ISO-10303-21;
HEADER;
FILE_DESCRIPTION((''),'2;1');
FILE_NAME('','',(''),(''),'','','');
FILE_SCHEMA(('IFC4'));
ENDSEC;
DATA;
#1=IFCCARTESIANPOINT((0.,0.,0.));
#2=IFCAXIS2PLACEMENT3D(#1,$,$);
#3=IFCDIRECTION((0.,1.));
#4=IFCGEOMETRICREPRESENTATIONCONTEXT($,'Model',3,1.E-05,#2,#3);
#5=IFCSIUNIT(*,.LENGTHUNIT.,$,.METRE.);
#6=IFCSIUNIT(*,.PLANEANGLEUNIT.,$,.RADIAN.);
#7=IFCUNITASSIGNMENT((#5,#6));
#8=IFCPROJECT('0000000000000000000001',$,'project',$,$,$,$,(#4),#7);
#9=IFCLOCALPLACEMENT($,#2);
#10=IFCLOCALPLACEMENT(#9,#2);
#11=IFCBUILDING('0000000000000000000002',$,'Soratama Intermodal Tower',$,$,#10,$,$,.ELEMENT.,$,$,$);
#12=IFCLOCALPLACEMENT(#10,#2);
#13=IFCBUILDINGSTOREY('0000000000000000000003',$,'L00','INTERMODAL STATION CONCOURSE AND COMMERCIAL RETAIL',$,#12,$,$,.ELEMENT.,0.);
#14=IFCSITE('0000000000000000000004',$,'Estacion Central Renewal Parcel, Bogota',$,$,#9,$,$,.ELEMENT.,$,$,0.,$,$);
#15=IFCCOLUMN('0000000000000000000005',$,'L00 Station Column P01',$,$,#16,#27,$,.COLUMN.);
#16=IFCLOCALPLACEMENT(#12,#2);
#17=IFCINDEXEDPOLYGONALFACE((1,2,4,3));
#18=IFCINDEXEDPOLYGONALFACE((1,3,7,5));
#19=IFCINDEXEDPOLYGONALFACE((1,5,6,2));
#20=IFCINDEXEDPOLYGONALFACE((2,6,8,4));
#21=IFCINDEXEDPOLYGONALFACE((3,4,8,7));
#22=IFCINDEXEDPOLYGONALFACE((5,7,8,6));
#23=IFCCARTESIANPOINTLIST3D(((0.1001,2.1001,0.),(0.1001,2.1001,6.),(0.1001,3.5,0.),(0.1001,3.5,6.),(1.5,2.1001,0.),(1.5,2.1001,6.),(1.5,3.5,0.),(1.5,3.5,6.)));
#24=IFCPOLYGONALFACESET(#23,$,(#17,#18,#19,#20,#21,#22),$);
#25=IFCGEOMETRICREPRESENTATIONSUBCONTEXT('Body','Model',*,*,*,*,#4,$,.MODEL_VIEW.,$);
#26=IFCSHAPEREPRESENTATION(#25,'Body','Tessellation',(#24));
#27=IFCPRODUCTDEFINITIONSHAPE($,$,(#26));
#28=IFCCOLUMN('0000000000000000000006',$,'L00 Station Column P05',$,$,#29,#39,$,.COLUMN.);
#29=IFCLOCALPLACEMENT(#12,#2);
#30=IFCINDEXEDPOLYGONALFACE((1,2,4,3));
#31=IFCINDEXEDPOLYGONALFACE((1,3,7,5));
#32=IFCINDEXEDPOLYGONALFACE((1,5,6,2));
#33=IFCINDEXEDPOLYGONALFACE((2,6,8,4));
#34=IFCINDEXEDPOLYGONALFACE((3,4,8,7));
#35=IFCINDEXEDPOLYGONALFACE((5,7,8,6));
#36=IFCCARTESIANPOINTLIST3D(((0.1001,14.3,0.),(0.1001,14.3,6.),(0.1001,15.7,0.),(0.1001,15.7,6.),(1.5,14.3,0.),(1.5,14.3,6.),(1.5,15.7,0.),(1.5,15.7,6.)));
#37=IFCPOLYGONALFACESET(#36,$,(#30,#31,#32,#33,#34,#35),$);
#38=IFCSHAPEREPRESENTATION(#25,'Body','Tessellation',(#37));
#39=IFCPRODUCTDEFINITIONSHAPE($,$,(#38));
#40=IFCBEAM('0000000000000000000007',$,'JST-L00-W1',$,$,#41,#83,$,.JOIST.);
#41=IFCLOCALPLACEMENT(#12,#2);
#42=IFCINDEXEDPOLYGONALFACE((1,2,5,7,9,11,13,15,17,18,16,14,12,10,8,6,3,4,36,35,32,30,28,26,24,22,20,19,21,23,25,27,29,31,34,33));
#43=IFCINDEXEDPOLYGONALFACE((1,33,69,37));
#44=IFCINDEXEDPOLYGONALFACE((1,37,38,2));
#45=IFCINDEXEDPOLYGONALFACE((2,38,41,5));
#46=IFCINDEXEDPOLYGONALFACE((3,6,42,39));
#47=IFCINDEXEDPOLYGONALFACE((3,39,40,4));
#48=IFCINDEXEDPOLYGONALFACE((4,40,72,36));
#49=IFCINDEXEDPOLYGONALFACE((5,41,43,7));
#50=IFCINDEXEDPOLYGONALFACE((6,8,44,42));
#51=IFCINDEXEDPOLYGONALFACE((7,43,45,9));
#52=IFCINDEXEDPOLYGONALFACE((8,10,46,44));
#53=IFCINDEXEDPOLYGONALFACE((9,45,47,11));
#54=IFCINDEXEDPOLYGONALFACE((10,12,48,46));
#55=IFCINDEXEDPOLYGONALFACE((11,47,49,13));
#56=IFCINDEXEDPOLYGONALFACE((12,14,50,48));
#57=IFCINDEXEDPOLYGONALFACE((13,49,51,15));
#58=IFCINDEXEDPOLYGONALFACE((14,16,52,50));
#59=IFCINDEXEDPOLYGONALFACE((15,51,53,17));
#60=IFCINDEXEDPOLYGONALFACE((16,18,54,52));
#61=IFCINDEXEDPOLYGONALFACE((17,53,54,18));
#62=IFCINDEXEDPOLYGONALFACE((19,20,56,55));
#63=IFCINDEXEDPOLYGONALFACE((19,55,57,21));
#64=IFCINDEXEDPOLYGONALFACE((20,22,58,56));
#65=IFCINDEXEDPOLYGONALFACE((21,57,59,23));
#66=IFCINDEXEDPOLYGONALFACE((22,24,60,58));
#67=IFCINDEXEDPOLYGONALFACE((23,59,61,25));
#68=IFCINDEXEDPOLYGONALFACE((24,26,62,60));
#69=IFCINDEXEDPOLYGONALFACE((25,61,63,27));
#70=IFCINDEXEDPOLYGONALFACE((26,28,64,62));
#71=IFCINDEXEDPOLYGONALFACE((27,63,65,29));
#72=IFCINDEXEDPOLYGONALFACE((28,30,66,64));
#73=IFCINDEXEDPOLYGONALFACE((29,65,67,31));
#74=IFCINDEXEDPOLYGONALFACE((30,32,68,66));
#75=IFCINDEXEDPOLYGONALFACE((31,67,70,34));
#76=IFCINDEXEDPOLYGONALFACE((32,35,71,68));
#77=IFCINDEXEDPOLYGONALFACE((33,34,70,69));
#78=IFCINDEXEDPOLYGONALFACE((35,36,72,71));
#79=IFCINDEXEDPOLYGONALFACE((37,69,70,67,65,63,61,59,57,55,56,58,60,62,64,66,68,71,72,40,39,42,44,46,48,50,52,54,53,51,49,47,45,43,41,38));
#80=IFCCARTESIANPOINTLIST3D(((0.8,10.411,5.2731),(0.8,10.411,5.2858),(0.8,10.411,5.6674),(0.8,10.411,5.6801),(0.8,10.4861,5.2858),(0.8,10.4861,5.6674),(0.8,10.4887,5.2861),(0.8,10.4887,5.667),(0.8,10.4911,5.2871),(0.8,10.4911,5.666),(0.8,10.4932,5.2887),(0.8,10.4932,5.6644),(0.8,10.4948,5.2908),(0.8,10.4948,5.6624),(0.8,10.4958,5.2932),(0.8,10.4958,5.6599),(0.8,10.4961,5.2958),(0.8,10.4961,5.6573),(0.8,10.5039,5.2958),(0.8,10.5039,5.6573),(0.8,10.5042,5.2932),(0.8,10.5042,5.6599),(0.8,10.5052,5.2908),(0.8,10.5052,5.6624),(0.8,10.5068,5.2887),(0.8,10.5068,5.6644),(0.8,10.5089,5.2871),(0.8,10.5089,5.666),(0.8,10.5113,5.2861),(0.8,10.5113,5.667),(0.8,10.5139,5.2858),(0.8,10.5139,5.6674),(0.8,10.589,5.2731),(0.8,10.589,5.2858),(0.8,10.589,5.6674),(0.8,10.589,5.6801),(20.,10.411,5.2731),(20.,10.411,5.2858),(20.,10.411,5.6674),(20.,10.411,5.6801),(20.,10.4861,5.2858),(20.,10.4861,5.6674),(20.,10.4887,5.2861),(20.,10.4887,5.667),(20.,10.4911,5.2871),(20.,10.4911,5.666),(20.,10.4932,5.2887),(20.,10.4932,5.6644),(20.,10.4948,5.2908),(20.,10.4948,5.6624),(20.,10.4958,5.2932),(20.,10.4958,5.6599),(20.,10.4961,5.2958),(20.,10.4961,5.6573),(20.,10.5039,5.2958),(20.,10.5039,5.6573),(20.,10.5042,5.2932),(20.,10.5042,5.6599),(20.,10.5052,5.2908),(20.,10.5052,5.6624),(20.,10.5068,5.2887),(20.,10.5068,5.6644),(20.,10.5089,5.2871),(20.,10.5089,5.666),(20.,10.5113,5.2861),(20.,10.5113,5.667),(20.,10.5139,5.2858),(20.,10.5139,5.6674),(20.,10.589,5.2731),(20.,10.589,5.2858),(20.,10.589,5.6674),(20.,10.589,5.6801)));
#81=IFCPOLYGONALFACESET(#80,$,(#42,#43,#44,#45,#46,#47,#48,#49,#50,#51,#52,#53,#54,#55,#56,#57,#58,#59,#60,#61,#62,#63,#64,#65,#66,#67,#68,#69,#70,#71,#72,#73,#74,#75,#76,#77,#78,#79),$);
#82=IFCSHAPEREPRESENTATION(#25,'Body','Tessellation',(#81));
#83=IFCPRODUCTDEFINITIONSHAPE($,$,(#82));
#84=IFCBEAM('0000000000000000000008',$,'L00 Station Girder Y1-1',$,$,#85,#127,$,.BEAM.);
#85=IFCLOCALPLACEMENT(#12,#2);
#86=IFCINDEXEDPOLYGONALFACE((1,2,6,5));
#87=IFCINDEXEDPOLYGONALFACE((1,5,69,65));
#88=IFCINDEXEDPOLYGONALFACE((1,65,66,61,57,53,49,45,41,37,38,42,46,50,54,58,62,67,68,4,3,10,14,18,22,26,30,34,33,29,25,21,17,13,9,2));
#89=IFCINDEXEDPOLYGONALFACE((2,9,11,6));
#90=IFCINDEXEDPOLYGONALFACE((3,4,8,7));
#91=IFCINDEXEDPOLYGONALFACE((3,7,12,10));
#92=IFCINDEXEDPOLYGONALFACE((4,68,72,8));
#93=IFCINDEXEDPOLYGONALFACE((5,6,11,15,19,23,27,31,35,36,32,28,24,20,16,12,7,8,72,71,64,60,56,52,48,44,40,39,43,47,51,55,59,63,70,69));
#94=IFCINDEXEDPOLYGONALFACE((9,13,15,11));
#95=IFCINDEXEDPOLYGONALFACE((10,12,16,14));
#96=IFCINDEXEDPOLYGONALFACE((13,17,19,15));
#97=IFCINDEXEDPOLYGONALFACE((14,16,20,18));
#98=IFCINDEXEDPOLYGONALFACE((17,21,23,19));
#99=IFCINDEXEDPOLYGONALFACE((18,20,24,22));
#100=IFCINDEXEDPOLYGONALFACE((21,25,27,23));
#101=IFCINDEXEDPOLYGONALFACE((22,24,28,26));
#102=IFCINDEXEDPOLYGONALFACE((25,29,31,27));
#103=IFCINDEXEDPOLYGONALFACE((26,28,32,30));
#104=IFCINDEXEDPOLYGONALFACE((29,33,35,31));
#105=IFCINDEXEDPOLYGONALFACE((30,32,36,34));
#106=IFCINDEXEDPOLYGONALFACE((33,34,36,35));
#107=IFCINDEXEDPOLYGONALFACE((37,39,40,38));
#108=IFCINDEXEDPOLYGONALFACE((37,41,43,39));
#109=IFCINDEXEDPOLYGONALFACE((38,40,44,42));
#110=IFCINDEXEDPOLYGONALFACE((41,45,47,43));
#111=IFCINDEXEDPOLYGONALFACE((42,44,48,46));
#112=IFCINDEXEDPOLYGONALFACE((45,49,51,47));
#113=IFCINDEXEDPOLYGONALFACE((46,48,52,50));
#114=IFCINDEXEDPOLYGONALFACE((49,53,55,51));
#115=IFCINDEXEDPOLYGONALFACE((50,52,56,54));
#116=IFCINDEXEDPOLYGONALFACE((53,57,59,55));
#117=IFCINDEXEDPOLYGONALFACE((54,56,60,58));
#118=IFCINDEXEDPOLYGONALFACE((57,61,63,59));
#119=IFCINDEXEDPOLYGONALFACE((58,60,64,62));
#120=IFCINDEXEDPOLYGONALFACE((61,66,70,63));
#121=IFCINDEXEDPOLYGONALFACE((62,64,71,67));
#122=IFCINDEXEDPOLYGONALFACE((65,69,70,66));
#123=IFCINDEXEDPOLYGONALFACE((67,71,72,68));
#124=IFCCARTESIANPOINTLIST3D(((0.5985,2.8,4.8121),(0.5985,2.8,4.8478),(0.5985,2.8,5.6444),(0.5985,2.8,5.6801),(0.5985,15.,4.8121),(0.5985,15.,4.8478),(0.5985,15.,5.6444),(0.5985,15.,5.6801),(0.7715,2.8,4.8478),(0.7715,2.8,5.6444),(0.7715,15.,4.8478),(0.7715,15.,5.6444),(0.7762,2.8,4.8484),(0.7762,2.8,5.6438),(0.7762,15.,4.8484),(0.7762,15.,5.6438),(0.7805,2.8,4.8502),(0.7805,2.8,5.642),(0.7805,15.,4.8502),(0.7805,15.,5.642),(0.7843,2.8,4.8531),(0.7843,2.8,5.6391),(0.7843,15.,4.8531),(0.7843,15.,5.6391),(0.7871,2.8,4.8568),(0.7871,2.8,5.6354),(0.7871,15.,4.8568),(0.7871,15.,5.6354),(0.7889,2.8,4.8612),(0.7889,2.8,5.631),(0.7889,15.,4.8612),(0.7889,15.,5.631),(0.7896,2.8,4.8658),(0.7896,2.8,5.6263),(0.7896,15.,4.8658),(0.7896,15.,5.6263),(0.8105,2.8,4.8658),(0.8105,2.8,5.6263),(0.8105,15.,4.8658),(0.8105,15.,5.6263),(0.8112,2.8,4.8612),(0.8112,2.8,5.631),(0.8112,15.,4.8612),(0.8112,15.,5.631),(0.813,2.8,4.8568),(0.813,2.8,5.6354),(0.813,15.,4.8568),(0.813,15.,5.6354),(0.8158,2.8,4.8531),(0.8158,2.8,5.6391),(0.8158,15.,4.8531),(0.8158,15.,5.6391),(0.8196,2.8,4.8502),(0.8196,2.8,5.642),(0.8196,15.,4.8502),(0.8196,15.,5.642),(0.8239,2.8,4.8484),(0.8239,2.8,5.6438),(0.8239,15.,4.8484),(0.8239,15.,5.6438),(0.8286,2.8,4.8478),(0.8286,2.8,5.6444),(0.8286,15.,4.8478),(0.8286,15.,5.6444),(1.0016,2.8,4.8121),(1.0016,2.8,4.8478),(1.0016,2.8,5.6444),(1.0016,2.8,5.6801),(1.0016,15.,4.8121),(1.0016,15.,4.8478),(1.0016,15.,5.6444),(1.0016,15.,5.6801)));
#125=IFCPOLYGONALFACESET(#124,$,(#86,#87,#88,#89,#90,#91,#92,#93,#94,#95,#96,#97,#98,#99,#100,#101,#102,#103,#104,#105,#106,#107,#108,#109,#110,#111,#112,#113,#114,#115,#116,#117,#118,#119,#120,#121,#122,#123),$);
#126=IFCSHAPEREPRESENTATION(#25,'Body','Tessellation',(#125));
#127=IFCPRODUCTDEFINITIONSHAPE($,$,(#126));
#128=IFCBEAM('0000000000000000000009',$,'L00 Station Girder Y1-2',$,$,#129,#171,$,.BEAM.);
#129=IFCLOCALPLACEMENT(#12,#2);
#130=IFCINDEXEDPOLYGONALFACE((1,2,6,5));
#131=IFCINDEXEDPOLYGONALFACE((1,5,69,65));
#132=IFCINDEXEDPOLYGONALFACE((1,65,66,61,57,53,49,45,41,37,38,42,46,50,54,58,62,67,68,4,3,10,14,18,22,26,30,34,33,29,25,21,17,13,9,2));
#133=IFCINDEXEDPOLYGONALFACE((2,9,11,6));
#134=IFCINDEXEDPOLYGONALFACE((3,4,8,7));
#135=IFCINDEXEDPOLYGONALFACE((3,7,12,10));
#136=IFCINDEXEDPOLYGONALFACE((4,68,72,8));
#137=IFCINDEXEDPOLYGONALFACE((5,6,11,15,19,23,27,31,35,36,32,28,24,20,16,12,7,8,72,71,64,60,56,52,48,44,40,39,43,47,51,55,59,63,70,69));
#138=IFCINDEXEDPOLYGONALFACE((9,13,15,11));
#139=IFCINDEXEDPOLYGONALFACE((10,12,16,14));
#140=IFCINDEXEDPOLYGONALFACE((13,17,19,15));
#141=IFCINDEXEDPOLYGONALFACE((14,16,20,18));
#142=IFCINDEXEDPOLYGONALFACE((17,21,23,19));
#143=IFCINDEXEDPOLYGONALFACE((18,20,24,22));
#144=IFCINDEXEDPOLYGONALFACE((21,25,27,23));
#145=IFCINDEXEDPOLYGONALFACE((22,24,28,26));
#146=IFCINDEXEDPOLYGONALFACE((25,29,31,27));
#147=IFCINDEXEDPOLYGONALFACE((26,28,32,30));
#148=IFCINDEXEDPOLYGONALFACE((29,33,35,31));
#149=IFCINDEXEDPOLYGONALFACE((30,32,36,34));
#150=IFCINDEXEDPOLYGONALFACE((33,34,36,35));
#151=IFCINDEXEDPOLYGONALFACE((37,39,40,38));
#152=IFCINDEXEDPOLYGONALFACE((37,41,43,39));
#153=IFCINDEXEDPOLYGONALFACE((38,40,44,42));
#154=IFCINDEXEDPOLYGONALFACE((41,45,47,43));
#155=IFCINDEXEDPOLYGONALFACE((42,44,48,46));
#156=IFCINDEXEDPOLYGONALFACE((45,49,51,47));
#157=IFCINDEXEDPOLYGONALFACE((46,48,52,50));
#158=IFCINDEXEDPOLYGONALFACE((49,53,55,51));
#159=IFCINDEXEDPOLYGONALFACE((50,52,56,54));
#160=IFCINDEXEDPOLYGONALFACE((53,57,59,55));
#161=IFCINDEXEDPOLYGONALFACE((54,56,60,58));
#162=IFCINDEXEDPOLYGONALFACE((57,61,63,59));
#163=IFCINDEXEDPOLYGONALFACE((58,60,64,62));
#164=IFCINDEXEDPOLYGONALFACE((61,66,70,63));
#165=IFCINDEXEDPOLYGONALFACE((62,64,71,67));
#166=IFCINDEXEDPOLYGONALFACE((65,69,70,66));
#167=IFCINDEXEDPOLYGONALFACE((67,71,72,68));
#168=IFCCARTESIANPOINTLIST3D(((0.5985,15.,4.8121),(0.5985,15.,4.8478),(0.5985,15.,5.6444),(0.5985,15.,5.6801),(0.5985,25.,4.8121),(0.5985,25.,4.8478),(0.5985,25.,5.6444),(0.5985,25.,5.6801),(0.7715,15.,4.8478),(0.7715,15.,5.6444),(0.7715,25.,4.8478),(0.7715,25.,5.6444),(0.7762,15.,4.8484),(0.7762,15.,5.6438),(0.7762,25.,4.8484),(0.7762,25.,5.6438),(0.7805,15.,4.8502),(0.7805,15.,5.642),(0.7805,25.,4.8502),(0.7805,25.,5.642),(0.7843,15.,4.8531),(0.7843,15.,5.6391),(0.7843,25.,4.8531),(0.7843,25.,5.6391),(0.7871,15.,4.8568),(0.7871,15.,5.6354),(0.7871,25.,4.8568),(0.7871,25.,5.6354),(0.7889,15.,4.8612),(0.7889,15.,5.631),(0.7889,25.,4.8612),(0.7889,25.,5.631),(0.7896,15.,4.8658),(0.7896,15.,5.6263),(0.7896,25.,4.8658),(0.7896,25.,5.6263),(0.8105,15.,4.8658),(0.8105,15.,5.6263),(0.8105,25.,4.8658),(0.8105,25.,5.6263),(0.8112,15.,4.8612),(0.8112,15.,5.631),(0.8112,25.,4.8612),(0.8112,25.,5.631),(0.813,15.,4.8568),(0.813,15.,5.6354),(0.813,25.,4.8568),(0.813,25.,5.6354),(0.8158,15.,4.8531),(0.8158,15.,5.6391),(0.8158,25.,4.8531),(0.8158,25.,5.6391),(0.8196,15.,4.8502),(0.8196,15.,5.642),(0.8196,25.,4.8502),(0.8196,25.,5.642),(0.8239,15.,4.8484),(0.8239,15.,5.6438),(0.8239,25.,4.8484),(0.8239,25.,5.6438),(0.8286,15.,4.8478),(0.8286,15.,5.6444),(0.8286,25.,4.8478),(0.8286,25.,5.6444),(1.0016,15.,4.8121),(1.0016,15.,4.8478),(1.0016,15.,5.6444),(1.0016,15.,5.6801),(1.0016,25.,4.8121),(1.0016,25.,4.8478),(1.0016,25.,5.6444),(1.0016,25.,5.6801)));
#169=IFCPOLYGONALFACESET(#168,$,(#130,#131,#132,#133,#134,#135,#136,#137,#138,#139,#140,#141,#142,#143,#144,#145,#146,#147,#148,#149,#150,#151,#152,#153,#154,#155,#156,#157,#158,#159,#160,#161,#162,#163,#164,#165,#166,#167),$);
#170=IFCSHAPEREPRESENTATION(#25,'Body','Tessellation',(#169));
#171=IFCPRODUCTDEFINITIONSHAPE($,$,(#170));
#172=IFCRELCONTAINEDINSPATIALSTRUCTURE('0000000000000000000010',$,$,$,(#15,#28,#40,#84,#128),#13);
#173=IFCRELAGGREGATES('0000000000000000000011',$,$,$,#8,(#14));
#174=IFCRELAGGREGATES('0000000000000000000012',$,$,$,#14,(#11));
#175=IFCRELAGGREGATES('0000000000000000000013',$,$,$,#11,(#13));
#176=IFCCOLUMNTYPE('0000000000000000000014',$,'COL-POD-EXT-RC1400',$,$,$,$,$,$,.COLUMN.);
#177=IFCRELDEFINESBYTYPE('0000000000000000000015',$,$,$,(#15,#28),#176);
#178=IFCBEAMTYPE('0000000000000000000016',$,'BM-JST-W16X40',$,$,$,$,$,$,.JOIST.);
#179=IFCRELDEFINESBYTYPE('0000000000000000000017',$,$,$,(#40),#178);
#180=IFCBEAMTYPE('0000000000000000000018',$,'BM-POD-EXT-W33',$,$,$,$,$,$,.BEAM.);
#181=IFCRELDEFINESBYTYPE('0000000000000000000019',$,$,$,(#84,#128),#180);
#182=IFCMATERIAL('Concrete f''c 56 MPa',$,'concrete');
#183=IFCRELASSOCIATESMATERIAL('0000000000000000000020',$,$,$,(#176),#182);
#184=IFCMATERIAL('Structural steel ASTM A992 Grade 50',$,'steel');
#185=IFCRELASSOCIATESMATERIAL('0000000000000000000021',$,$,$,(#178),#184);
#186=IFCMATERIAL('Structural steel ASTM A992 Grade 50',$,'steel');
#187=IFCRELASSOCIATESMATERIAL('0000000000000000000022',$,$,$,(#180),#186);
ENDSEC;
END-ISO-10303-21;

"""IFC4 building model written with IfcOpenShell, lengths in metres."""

from ifc_helpers import new_model, si_unit, direction, frame, origin, origin_2d, place, context, subcontext, project, spatial, rectangle, i_section, extrude, material, material_profile, profile_set, type_object, element, save


model = new_model("IFC4")

# Units and contexts
model_context = context("Model", 3, precision=1e-05, world=origin(), true_north=direction((0.0, 1.0)))
body_context = subcontext(model_context, "Body", "Model", "MODEL_VIEW")
ifc_project = project(units=[si_unit("LENGTHUNIT", "METRE"), si_unit("PLANEANGLEUNIT", "RADIAN")], contexts=[model_context])

# Site, building, storey
site_placement = place(None, origin())
site = spatial("IfcSite", under=ifc_project, at=site_placement, Name="Estacion Central Renewal Parcel, Bogota", CompositionType="ELEMENT", RefElevation=0.0)
building_placement = place(site_placement, origin())
building = spatial("IfcBuilding", under=site, at=building_placement, Name="Soratama Intermodal Tower", CompositionType="ELEMENT")
storey_placement = place(building_placement, origin())
storey = spatial("IfcBuildingStorey", under=building, at=storey_placement, Name="L00", Description="INTERMODAL STATION CONCOURSE AND COMMERCIAL RETAIL", CompositionType="ELEMENT", Elevation=0.0)

# Columns
ifc_material_1 = material(Name="Concrete f'c 56 MPa", Category="concrete")
ifc_material_profile_1 = material_profile(ifc_material_1, rectangle(XDim=1.3999, YDim=1.3999, at=origin_2d()), Name="RC1400X1400")
ifc_profile_set_1 = profile_set([ifc_material_profile_1], Name="Concrete f'c 56 MPa")
column_type = type_object("IfcColumnType", Name="COL-POD-EXT-RC1400", PredefinedType="COLUMN", material=ifc_profile_set_1)
for number, where, z_axis, x_axis, name in (
    (1, (0.8, 2.8, 0.0), (0.0, 0.0, 1.0), (1.0, 0.0, 0.0), "L00 Station Column P01"),
    (2, (0.8, 15.0, 0.0), (0.0, 0.0, 1.0), (1.0, 0.0, 0.0), "L00 Station Column P05"),
):
    element("IfcColumn", number, at=place(storey_placement, frame(where, z_axis=z_axis, x_axis=x_axis)), inside=storey, type_object=column_type, Name=name, PredefinedType="COLUMN", context=body_context, shape_type="SweptSolid", body=[
        extrude(rectangle(XDim=1.3999, YDim=1.3999, at=origin_2d()), origin(), (0.0, 0.0, 1.0), 6.0),
    ])

# Beams
ifc_material_2 = material(Name="Structural steel ASTM A992 Grade 50", Category="steel")
ifc_material_profile_2 = material_profile(ifc_material_2, i_section(OverallWidth=0.178, OverallDepth=0.407, WebThickness=0.0078, FlangeThickness=0.0127, FilletRadius=0.01, at=origin_2d()), Name="W16X40")
ifc_profile_set_2 = profile_set([ifc_material_profile_2], Name="Structural steel ASTM A992 Grade 50")
beam_type_1 = type_object("IfcBeamType", Name="BM-JST-W16X40", PredefinedType="JOIST", material=ifc_profile_set_2)
beam_1_placement = place(storey_placement, frame((0.8, 10.5, 5.4766), z_axis=(1.0, 0.0, 0.0), x_axis=(0.0, 1.0, 0.0)))
element("IfcBeam", 3, at=beam_1_placement, inside=storey, type_object=beam_type_1, Name="JST-L00-W1", PredefinedType="JOIST", context=body_context, shape_type="SweptSolid", body=[
    extrude(i_section(OverallWidth=0.178, OverallDepth=0.407, WebThickness=0.0078, FlangeThickness=0.0127, FilletRadius=0.01, at=origin_2d()), origin(), (0.0, 0.0, 1.0), 19.2),
])
ifc_material_3 = material(Name="Structural steel ASTM A992 Grade 50", Category="steel")
ifc_material_profile_3 = material_profile(ifc_material_3, i_section(OverallWidth=0.4031, OverallDepth=0.8679, WebThickness=0.021, FlangeThickness=0.0356, FilletRadius=0.0181, at=origin_2d()), Name="W33X241")
ifc_profile_set_3 = profile_set([ifc_material_profile_3], Name="Structural steel ASTM A992 Grade 50")
beam_type_2 = type_object("IfcBeamType", Name="BM-POD-EXT-W33", PredefinedType="BEAM", material=ifc_profile_set_3)
beam_2_placement = place(storey_placement, frame((0.8, 2.8, 5.2461), z_axis=(0.0, 1.0, 0.0), x_axis=(-1.0, 0.0, 0.0)))
element("IfcBeam", 4, at=beam_2_placement, inside=storey, type_object=beam_type_2, Name="L00 Station Girder Y1-1", PredefinedType="BEAM", context=body_context, shape_type="SweptSolid", body=[
    extrude(i_section(OverallWidth=0.4031, OverallDepth=0.8679, WebThickness=0.021, FlangeThickness=0.0356, FilletRadius=0.0181, at=origin_2d()), origin(), (0.0, 0.0, 1.0), 12.2),
])
beam_3_placement = place(storey_placement, frame((0.8, 15.0, 5.2461), z_axis=(0.0, 1.0, 0.0), x_axis=(-1.0, 0.0, 0.0)))
element("IfcBeam", 5, at=beam_3_placement, inside=storey, type_object=beam_type_2, Name="L00 Station Girder Y1-2", PredefinedType="BEAM", context=body_context, shape_type="SweptSolid", body=[
    extrude(i_section(OverallWidth=0.4031, OverallDepth=0.8679, WebThickness=0.021, FlangeThickness=0.0356, FilletRadius=0.0181, at=origin_2d()), origin(), (0.0, 0.0, 1.0), 10.0),
])

save(model, "model.ifc")
